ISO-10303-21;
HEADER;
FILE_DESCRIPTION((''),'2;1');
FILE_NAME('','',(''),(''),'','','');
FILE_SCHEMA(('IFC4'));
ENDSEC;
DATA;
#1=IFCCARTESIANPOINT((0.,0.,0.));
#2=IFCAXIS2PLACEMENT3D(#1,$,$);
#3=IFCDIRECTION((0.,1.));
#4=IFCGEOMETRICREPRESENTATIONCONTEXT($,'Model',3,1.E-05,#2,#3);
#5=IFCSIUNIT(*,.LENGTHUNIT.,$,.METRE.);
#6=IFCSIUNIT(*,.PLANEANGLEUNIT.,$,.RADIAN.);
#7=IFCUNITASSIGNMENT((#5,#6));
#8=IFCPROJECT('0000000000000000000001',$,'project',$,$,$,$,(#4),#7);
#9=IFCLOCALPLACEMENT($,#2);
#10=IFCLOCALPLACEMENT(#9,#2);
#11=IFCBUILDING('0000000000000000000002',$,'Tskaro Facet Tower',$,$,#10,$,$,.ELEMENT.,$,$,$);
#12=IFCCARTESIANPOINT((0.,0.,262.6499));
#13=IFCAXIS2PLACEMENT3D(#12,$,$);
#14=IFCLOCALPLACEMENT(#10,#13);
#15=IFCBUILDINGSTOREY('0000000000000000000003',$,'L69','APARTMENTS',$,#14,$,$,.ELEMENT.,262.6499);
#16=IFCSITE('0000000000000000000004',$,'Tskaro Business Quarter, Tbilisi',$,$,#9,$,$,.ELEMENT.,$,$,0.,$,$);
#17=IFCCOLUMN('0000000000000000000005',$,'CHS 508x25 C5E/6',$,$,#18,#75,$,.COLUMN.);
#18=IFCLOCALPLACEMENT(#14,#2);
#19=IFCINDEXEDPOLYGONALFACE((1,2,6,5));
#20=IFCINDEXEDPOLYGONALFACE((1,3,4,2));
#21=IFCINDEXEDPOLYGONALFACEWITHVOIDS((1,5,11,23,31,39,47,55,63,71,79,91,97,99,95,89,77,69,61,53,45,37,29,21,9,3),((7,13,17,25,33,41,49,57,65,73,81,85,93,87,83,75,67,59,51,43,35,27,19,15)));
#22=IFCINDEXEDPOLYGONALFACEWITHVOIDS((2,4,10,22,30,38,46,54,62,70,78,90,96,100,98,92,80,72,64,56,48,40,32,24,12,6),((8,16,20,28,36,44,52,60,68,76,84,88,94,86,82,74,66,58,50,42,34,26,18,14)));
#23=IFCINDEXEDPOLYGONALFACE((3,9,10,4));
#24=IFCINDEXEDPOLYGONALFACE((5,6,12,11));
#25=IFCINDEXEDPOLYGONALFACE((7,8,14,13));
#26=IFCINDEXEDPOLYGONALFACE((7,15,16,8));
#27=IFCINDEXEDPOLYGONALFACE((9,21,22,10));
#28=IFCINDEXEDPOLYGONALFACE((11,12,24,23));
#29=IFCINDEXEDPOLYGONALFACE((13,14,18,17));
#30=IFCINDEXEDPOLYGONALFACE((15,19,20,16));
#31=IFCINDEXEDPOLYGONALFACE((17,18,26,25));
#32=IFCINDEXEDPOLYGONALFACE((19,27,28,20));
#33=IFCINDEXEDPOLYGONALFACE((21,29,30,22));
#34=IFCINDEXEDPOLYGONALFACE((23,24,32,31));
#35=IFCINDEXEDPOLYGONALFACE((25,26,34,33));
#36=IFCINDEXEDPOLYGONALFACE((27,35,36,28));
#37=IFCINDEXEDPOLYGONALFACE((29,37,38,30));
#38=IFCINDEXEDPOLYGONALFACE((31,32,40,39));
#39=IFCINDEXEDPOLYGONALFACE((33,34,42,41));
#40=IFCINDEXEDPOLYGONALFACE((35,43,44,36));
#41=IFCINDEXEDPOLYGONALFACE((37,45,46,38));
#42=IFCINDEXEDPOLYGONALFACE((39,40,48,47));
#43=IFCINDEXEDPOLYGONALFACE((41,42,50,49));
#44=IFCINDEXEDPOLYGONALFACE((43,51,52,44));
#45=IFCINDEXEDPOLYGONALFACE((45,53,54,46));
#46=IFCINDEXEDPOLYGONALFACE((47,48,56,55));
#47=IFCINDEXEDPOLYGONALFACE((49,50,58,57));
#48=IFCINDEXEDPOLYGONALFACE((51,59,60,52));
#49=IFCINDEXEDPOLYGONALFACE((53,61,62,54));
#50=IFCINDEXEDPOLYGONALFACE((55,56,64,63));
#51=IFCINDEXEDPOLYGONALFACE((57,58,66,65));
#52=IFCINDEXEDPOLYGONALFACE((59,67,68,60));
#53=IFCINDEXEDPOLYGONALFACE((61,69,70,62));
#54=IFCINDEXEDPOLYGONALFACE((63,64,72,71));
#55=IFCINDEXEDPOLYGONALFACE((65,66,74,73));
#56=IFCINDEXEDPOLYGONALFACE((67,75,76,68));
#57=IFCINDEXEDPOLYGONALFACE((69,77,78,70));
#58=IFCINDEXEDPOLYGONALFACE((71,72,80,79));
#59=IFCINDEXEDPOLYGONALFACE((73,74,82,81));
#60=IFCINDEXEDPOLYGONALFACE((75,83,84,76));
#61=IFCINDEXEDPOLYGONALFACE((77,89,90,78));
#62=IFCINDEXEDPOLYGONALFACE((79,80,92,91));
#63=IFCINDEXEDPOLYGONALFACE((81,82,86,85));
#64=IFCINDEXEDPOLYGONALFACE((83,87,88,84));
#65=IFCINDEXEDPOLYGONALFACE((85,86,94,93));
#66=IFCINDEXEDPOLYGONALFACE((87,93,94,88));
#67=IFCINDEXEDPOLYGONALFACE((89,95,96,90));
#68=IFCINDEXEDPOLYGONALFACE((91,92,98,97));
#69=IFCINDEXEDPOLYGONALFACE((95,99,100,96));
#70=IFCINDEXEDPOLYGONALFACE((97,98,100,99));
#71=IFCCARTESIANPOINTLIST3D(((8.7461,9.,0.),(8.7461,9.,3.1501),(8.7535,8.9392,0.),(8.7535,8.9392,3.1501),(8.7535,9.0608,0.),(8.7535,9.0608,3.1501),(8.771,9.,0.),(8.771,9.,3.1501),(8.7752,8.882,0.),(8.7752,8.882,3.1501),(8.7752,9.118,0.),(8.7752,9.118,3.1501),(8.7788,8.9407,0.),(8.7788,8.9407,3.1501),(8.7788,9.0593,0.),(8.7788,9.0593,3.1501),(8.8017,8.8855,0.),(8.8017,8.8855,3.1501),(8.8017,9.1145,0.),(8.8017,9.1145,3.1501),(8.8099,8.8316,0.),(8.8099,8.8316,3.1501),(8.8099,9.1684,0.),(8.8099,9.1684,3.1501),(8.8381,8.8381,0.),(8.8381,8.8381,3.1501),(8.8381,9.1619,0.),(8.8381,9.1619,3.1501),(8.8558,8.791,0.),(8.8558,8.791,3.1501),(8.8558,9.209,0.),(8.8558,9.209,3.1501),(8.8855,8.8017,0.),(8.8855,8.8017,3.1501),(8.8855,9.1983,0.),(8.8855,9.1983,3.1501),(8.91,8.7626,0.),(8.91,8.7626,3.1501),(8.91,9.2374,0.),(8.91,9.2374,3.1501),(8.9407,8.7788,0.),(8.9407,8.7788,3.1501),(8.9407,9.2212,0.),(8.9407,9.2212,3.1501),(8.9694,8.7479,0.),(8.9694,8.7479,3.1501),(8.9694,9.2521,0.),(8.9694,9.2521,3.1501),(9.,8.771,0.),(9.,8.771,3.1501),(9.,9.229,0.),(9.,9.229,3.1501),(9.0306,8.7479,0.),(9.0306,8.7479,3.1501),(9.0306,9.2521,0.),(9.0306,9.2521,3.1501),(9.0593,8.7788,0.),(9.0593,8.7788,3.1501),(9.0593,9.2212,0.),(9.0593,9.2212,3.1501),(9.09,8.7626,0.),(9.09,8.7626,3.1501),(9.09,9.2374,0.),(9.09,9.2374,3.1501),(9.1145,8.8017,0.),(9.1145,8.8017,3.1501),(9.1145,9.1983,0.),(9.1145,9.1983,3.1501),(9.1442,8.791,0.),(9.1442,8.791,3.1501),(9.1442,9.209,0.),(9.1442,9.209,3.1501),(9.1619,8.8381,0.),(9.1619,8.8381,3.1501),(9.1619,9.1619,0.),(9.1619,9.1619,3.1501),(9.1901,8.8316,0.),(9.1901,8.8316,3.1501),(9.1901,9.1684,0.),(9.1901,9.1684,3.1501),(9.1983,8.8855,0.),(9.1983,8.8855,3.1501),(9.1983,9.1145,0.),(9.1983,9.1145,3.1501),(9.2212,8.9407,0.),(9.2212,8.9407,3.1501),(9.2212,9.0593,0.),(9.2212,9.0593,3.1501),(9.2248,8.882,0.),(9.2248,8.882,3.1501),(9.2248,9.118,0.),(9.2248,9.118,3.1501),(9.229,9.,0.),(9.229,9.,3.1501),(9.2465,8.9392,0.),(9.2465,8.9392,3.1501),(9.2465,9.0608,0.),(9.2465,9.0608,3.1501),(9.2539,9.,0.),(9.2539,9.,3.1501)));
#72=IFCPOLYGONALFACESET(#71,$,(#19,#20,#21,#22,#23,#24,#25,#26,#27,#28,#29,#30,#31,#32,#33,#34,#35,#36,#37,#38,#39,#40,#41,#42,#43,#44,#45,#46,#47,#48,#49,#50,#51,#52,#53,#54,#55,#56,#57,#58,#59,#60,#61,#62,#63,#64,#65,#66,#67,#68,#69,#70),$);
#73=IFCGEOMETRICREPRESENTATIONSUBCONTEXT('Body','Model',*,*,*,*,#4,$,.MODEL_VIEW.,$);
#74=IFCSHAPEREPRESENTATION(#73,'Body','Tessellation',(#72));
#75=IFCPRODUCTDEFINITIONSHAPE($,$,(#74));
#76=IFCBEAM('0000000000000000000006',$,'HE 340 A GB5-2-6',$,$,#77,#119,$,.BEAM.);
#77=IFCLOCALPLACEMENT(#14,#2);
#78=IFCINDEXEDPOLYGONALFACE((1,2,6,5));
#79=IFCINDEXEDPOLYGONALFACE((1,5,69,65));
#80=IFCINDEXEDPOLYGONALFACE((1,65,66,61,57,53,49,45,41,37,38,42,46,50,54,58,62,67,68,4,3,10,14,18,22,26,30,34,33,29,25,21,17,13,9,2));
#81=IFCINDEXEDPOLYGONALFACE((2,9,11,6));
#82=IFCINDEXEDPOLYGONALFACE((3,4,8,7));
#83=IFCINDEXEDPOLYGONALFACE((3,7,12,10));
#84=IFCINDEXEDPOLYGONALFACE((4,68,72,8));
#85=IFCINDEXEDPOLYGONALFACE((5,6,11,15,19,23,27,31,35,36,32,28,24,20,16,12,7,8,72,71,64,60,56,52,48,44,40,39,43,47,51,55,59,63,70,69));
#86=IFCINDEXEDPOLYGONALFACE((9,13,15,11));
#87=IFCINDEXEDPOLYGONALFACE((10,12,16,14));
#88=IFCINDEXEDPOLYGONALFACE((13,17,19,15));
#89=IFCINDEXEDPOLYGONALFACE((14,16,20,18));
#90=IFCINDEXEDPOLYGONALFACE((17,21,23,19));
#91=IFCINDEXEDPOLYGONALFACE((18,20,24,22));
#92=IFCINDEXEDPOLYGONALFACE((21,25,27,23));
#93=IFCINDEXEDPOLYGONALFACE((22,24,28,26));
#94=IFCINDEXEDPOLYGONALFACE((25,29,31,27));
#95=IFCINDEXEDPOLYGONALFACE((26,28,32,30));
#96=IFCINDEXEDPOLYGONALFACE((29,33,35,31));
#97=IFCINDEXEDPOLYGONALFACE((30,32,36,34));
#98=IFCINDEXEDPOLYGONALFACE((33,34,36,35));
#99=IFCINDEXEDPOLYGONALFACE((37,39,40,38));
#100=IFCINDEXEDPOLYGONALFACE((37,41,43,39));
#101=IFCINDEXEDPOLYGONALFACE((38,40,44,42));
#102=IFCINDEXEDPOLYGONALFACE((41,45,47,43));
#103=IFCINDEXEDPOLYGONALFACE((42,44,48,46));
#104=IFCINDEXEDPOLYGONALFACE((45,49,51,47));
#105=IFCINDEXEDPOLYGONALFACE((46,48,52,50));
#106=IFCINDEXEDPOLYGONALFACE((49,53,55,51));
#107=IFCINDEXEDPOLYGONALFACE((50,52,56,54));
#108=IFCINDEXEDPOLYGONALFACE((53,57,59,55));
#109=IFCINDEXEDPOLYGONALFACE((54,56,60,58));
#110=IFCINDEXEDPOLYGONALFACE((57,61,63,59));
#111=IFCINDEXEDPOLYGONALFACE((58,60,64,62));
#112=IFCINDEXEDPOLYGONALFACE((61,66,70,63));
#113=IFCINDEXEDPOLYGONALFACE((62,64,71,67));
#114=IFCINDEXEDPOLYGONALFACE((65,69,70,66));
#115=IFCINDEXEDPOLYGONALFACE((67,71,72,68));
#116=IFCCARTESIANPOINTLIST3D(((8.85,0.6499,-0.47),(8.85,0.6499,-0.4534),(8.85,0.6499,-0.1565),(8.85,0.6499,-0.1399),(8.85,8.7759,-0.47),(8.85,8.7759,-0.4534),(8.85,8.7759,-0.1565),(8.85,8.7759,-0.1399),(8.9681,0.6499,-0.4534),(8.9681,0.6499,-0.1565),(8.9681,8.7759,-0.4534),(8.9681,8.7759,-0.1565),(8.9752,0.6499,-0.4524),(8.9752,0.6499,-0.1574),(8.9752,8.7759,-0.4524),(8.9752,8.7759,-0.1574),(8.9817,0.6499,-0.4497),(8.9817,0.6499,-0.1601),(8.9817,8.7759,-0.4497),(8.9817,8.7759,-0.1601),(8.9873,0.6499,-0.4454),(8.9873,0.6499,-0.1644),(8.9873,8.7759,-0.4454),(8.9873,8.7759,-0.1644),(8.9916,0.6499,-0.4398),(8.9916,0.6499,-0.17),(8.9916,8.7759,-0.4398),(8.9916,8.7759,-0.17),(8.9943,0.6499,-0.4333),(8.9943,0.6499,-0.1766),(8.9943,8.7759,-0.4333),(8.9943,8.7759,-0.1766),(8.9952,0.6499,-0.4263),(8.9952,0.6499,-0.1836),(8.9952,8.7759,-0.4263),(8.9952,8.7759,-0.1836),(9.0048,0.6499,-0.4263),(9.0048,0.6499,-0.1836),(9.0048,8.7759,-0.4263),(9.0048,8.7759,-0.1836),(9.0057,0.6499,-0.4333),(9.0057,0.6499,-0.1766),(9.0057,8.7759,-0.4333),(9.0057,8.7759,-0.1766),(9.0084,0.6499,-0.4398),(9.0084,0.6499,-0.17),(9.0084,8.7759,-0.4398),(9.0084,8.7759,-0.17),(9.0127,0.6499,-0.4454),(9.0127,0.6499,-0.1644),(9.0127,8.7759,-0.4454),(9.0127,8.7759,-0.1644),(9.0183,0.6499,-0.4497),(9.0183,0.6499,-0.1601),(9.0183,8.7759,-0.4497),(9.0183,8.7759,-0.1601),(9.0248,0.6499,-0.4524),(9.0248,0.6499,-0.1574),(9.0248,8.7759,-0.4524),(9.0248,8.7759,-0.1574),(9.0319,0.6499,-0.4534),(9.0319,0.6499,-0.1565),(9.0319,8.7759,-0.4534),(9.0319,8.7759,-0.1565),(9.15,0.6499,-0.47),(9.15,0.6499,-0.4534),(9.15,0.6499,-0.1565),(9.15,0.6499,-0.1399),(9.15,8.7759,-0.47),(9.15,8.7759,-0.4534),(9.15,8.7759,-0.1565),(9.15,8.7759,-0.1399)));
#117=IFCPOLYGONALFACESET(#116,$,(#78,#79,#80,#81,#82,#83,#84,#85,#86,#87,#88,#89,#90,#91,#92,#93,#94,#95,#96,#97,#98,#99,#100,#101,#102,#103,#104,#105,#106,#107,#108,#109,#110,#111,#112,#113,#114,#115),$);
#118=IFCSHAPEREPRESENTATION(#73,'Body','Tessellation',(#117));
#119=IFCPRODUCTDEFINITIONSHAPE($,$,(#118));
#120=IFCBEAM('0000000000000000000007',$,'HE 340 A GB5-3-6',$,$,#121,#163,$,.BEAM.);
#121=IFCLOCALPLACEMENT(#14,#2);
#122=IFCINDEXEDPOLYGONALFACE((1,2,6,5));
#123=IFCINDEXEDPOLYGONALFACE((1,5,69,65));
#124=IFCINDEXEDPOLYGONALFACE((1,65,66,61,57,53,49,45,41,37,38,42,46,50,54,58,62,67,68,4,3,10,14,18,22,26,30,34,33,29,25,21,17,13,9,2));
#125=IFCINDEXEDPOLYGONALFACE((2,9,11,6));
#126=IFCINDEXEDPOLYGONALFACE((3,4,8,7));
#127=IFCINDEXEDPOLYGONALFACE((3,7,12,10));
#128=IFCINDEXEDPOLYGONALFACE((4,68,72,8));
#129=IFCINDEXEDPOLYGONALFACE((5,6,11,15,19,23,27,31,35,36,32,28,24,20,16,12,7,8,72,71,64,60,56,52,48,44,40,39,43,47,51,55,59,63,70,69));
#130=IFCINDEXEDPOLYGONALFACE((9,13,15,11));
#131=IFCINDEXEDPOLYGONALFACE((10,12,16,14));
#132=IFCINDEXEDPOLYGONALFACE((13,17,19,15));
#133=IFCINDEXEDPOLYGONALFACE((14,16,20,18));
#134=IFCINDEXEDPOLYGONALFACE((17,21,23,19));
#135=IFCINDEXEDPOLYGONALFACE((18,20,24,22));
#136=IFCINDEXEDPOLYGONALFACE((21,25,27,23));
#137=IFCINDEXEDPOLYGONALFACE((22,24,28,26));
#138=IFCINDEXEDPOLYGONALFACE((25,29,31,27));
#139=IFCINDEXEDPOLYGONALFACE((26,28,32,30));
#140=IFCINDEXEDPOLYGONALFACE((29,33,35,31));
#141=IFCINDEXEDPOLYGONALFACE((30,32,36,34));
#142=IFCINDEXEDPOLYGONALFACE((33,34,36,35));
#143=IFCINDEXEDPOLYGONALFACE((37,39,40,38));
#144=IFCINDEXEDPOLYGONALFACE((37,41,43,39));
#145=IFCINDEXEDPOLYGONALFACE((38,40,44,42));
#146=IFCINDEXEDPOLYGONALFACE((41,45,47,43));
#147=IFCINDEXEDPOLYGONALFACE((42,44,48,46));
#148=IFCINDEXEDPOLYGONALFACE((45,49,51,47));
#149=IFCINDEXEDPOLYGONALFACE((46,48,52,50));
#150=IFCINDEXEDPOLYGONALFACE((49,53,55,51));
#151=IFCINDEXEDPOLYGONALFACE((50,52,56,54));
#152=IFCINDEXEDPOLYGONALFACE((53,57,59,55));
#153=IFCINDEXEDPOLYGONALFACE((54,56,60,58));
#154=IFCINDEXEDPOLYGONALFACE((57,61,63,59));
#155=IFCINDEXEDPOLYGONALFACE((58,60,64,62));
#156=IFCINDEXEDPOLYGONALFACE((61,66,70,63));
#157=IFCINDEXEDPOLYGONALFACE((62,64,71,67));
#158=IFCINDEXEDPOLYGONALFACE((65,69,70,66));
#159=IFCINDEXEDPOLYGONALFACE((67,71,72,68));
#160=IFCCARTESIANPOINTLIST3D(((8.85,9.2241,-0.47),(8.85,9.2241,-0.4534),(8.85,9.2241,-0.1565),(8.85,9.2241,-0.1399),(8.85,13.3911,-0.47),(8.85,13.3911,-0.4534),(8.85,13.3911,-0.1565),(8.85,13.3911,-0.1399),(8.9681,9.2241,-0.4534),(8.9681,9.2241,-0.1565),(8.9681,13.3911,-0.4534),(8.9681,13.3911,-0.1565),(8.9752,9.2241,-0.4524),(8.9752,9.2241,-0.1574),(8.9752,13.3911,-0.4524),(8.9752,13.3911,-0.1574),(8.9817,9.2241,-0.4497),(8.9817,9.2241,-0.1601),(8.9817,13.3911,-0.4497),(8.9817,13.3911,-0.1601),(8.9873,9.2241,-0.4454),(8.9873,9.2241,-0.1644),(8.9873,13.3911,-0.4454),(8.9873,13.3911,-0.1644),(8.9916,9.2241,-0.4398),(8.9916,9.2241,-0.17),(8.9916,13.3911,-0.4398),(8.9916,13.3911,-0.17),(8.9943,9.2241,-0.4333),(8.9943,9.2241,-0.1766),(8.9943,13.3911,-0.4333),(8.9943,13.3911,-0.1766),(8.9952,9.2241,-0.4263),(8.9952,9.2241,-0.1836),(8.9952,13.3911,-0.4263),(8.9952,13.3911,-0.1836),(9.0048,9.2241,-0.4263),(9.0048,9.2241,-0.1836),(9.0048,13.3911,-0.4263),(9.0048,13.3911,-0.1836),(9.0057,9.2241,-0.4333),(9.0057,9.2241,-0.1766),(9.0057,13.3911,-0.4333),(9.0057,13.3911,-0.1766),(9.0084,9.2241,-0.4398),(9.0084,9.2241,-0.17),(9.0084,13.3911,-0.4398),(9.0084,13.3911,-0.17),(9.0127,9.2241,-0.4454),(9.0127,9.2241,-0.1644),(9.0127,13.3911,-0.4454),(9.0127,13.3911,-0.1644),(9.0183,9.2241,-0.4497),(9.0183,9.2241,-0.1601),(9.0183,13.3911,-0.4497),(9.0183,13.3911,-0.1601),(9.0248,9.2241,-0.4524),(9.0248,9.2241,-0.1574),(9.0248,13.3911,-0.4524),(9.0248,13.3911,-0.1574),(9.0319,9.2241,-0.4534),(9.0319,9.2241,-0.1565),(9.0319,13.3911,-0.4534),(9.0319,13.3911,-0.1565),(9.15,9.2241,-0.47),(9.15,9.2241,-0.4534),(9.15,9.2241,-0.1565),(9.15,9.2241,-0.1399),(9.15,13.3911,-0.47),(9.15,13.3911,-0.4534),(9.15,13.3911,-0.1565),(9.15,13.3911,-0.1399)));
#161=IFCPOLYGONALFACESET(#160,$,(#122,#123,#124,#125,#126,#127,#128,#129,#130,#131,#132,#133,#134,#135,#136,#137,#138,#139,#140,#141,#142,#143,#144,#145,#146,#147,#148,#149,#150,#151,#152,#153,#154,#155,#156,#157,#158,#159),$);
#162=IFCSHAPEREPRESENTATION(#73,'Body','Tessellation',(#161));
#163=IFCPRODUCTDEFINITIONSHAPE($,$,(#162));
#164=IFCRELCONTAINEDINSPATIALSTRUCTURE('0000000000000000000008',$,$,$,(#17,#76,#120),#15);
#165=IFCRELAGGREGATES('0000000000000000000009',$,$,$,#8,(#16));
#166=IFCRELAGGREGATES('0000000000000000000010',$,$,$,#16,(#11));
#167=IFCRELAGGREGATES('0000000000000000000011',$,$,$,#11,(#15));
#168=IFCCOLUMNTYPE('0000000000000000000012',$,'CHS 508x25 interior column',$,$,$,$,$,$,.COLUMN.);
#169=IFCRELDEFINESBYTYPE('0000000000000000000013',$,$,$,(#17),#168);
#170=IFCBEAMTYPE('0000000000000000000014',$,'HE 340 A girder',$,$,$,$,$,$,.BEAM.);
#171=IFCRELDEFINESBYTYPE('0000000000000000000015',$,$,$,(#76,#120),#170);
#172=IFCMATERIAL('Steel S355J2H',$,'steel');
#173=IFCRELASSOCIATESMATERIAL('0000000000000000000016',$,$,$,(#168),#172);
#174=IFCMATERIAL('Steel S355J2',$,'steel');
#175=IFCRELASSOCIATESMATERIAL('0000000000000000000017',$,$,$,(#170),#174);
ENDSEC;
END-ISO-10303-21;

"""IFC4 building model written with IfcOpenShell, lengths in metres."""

from ifc_helpers import new_model, si_unit, direction, frame, origin, origin_2d, place, context, subcontext, project, spatial, hollow_circle, i_section, extrude, material, material_profile, profile_set, type_object, element, save


model = new_model("IFC4")

# Units and contexts
model_context = context("Model", 3, precision=1e-05, world=origin(), true_north=direction((0.0, 1.0)))
body_context = subcontext(model_context, "Body", "Model", "MODEL_VIEW")
ifc_project = project(units=[si_unit("LENGTHUNIT", "METRE"), si_unit("PLANEANGLEUNIT", "RADIAN")], contexts=[model_context])

# Site, building, storey
site_placement = place(None, origin())
site = spatial("IfcSite", under=ifc_project, at=site_placement, Name="Tskaro Business Quarter, Tbilisi", CompositionType="ELEMENT", RefElevation=0.0)
building_placement = place(site_placement, origin())
building = spatial("IfcBuilding", under=site, at=building_placement, Name="Tskaro Facet Tower", CompositionType="ELEMENT")
storey_placement = place(building_placement, frame((0.0, 0.0, 262.6499)))
storey = spatial("IfcBuildingStorey", under=building, at=storey_placement, Name="L69", Description="APARTMENTS", CompositionType="ELEMENT", Elevation=262.6499)

# Column
ifc_material_1 = material(Name="Steel S355J2H", Category="steel")
ifc_material_profile_1 = material_profile(ifc_material_1, hollow_circle(Radius=0.2539, WallThickness=0.0249, at=origin_2d()), Name="CHS 508x25")
ifc_profile_set_1 = profile_set([ifc_material_profile_1], Name="Steel S355J2H")
column_type = type_object("IfcColumnType", Name="CHS 508x25 interior column", PredefinedType="COLUMN", material=ifc_profile_set_1)
column_placement = place(storey_placement, frame((9.0, 9.0, 0.0), z_axis=(0.0, 0.0, 1.0), x_axis=(1.0, 0.0, 0.0)))
element("IfcColumn", 1, at=column_placement, inside=storey, type_object=column_type, Name="CHS 508x25 C5E/6", PredefinedType="COLUMN", context=body_context, shape_type="SweptSolid", body=[
    extrude(hollow_circle(Radius=0.2539, WallThickness=0.0249, at=origin_2d()), origin(), (0.0, 0.0, 1.0), 3.1501),
])

# Beams
ifc_material_2 = material(Name="Steel S355J2", Category="steel")
ifc_material_profile_2 = material_profile(ifc_material_2, i_section(OverallWidth=0.3, OverallDepth=0.3301, WebThickness=0.0095, FlangeThickness=0.0166, FilletRadius=0.0271, at=origin_2d()), Name="HE 340 A")
ifc_profile_set_2 = profile_set([ifc_material_profile_2], Name="Steel S355J2")
beam_type_1 = type_object("IfcBeamType", Name="HE 340 A girder", PredefinedType="BEAM", material=ifc_profile_set_2)
beam_1_placement = place(storey_placement, frame((9.0, 0.6499, -0.3049), z_axis=(0.0, 1.0, 0.0), x_axis=(-1.0, 0.0, 0.0)))
element("IfcBeam", 2, at=beam_1_placement, inside=storey, type_object=beam_type_1, Name="HE 340 A GB5-2-6", PredefinedType="BEAM", context=body_context, shape_type="SweptSolid", body=[
    extrude(i_section(OverallWidth=0.3, OverallDepth=0.3301, WebThickness=0.0095, FlangeThickness=0.0166, FilletRadius=0.0271, at=origin_2d()), origin(), (0.0, 0.0, 1.0), 8.126),
])
beam_2_placement = place(storey_placement, frame((9.0, 9.2241, -0.3049), z_axis=(0.0, 1.0, 0.0), x_axis=(-1.0, 0.0, 0.0)))
element("IfcBeam", 3, at=beam_2_placement, inside=storey, type_object=beam_type_1, Name="HE 340 A GB5-3-6", PredefinedType="BEAM", context=body_context, shape_type="SweptSolid", body=[
    extrude(i_section(OverallWidth=0.3, OverallDepth=0.3301, WebThickness=0.0095, FlangeThickness=0.0166, FilletRadius=0.0271, at=origin_2d()), origin(), (0.0, 0.0, 1.0), 4.167),
])

save(model, "model.ifc")
